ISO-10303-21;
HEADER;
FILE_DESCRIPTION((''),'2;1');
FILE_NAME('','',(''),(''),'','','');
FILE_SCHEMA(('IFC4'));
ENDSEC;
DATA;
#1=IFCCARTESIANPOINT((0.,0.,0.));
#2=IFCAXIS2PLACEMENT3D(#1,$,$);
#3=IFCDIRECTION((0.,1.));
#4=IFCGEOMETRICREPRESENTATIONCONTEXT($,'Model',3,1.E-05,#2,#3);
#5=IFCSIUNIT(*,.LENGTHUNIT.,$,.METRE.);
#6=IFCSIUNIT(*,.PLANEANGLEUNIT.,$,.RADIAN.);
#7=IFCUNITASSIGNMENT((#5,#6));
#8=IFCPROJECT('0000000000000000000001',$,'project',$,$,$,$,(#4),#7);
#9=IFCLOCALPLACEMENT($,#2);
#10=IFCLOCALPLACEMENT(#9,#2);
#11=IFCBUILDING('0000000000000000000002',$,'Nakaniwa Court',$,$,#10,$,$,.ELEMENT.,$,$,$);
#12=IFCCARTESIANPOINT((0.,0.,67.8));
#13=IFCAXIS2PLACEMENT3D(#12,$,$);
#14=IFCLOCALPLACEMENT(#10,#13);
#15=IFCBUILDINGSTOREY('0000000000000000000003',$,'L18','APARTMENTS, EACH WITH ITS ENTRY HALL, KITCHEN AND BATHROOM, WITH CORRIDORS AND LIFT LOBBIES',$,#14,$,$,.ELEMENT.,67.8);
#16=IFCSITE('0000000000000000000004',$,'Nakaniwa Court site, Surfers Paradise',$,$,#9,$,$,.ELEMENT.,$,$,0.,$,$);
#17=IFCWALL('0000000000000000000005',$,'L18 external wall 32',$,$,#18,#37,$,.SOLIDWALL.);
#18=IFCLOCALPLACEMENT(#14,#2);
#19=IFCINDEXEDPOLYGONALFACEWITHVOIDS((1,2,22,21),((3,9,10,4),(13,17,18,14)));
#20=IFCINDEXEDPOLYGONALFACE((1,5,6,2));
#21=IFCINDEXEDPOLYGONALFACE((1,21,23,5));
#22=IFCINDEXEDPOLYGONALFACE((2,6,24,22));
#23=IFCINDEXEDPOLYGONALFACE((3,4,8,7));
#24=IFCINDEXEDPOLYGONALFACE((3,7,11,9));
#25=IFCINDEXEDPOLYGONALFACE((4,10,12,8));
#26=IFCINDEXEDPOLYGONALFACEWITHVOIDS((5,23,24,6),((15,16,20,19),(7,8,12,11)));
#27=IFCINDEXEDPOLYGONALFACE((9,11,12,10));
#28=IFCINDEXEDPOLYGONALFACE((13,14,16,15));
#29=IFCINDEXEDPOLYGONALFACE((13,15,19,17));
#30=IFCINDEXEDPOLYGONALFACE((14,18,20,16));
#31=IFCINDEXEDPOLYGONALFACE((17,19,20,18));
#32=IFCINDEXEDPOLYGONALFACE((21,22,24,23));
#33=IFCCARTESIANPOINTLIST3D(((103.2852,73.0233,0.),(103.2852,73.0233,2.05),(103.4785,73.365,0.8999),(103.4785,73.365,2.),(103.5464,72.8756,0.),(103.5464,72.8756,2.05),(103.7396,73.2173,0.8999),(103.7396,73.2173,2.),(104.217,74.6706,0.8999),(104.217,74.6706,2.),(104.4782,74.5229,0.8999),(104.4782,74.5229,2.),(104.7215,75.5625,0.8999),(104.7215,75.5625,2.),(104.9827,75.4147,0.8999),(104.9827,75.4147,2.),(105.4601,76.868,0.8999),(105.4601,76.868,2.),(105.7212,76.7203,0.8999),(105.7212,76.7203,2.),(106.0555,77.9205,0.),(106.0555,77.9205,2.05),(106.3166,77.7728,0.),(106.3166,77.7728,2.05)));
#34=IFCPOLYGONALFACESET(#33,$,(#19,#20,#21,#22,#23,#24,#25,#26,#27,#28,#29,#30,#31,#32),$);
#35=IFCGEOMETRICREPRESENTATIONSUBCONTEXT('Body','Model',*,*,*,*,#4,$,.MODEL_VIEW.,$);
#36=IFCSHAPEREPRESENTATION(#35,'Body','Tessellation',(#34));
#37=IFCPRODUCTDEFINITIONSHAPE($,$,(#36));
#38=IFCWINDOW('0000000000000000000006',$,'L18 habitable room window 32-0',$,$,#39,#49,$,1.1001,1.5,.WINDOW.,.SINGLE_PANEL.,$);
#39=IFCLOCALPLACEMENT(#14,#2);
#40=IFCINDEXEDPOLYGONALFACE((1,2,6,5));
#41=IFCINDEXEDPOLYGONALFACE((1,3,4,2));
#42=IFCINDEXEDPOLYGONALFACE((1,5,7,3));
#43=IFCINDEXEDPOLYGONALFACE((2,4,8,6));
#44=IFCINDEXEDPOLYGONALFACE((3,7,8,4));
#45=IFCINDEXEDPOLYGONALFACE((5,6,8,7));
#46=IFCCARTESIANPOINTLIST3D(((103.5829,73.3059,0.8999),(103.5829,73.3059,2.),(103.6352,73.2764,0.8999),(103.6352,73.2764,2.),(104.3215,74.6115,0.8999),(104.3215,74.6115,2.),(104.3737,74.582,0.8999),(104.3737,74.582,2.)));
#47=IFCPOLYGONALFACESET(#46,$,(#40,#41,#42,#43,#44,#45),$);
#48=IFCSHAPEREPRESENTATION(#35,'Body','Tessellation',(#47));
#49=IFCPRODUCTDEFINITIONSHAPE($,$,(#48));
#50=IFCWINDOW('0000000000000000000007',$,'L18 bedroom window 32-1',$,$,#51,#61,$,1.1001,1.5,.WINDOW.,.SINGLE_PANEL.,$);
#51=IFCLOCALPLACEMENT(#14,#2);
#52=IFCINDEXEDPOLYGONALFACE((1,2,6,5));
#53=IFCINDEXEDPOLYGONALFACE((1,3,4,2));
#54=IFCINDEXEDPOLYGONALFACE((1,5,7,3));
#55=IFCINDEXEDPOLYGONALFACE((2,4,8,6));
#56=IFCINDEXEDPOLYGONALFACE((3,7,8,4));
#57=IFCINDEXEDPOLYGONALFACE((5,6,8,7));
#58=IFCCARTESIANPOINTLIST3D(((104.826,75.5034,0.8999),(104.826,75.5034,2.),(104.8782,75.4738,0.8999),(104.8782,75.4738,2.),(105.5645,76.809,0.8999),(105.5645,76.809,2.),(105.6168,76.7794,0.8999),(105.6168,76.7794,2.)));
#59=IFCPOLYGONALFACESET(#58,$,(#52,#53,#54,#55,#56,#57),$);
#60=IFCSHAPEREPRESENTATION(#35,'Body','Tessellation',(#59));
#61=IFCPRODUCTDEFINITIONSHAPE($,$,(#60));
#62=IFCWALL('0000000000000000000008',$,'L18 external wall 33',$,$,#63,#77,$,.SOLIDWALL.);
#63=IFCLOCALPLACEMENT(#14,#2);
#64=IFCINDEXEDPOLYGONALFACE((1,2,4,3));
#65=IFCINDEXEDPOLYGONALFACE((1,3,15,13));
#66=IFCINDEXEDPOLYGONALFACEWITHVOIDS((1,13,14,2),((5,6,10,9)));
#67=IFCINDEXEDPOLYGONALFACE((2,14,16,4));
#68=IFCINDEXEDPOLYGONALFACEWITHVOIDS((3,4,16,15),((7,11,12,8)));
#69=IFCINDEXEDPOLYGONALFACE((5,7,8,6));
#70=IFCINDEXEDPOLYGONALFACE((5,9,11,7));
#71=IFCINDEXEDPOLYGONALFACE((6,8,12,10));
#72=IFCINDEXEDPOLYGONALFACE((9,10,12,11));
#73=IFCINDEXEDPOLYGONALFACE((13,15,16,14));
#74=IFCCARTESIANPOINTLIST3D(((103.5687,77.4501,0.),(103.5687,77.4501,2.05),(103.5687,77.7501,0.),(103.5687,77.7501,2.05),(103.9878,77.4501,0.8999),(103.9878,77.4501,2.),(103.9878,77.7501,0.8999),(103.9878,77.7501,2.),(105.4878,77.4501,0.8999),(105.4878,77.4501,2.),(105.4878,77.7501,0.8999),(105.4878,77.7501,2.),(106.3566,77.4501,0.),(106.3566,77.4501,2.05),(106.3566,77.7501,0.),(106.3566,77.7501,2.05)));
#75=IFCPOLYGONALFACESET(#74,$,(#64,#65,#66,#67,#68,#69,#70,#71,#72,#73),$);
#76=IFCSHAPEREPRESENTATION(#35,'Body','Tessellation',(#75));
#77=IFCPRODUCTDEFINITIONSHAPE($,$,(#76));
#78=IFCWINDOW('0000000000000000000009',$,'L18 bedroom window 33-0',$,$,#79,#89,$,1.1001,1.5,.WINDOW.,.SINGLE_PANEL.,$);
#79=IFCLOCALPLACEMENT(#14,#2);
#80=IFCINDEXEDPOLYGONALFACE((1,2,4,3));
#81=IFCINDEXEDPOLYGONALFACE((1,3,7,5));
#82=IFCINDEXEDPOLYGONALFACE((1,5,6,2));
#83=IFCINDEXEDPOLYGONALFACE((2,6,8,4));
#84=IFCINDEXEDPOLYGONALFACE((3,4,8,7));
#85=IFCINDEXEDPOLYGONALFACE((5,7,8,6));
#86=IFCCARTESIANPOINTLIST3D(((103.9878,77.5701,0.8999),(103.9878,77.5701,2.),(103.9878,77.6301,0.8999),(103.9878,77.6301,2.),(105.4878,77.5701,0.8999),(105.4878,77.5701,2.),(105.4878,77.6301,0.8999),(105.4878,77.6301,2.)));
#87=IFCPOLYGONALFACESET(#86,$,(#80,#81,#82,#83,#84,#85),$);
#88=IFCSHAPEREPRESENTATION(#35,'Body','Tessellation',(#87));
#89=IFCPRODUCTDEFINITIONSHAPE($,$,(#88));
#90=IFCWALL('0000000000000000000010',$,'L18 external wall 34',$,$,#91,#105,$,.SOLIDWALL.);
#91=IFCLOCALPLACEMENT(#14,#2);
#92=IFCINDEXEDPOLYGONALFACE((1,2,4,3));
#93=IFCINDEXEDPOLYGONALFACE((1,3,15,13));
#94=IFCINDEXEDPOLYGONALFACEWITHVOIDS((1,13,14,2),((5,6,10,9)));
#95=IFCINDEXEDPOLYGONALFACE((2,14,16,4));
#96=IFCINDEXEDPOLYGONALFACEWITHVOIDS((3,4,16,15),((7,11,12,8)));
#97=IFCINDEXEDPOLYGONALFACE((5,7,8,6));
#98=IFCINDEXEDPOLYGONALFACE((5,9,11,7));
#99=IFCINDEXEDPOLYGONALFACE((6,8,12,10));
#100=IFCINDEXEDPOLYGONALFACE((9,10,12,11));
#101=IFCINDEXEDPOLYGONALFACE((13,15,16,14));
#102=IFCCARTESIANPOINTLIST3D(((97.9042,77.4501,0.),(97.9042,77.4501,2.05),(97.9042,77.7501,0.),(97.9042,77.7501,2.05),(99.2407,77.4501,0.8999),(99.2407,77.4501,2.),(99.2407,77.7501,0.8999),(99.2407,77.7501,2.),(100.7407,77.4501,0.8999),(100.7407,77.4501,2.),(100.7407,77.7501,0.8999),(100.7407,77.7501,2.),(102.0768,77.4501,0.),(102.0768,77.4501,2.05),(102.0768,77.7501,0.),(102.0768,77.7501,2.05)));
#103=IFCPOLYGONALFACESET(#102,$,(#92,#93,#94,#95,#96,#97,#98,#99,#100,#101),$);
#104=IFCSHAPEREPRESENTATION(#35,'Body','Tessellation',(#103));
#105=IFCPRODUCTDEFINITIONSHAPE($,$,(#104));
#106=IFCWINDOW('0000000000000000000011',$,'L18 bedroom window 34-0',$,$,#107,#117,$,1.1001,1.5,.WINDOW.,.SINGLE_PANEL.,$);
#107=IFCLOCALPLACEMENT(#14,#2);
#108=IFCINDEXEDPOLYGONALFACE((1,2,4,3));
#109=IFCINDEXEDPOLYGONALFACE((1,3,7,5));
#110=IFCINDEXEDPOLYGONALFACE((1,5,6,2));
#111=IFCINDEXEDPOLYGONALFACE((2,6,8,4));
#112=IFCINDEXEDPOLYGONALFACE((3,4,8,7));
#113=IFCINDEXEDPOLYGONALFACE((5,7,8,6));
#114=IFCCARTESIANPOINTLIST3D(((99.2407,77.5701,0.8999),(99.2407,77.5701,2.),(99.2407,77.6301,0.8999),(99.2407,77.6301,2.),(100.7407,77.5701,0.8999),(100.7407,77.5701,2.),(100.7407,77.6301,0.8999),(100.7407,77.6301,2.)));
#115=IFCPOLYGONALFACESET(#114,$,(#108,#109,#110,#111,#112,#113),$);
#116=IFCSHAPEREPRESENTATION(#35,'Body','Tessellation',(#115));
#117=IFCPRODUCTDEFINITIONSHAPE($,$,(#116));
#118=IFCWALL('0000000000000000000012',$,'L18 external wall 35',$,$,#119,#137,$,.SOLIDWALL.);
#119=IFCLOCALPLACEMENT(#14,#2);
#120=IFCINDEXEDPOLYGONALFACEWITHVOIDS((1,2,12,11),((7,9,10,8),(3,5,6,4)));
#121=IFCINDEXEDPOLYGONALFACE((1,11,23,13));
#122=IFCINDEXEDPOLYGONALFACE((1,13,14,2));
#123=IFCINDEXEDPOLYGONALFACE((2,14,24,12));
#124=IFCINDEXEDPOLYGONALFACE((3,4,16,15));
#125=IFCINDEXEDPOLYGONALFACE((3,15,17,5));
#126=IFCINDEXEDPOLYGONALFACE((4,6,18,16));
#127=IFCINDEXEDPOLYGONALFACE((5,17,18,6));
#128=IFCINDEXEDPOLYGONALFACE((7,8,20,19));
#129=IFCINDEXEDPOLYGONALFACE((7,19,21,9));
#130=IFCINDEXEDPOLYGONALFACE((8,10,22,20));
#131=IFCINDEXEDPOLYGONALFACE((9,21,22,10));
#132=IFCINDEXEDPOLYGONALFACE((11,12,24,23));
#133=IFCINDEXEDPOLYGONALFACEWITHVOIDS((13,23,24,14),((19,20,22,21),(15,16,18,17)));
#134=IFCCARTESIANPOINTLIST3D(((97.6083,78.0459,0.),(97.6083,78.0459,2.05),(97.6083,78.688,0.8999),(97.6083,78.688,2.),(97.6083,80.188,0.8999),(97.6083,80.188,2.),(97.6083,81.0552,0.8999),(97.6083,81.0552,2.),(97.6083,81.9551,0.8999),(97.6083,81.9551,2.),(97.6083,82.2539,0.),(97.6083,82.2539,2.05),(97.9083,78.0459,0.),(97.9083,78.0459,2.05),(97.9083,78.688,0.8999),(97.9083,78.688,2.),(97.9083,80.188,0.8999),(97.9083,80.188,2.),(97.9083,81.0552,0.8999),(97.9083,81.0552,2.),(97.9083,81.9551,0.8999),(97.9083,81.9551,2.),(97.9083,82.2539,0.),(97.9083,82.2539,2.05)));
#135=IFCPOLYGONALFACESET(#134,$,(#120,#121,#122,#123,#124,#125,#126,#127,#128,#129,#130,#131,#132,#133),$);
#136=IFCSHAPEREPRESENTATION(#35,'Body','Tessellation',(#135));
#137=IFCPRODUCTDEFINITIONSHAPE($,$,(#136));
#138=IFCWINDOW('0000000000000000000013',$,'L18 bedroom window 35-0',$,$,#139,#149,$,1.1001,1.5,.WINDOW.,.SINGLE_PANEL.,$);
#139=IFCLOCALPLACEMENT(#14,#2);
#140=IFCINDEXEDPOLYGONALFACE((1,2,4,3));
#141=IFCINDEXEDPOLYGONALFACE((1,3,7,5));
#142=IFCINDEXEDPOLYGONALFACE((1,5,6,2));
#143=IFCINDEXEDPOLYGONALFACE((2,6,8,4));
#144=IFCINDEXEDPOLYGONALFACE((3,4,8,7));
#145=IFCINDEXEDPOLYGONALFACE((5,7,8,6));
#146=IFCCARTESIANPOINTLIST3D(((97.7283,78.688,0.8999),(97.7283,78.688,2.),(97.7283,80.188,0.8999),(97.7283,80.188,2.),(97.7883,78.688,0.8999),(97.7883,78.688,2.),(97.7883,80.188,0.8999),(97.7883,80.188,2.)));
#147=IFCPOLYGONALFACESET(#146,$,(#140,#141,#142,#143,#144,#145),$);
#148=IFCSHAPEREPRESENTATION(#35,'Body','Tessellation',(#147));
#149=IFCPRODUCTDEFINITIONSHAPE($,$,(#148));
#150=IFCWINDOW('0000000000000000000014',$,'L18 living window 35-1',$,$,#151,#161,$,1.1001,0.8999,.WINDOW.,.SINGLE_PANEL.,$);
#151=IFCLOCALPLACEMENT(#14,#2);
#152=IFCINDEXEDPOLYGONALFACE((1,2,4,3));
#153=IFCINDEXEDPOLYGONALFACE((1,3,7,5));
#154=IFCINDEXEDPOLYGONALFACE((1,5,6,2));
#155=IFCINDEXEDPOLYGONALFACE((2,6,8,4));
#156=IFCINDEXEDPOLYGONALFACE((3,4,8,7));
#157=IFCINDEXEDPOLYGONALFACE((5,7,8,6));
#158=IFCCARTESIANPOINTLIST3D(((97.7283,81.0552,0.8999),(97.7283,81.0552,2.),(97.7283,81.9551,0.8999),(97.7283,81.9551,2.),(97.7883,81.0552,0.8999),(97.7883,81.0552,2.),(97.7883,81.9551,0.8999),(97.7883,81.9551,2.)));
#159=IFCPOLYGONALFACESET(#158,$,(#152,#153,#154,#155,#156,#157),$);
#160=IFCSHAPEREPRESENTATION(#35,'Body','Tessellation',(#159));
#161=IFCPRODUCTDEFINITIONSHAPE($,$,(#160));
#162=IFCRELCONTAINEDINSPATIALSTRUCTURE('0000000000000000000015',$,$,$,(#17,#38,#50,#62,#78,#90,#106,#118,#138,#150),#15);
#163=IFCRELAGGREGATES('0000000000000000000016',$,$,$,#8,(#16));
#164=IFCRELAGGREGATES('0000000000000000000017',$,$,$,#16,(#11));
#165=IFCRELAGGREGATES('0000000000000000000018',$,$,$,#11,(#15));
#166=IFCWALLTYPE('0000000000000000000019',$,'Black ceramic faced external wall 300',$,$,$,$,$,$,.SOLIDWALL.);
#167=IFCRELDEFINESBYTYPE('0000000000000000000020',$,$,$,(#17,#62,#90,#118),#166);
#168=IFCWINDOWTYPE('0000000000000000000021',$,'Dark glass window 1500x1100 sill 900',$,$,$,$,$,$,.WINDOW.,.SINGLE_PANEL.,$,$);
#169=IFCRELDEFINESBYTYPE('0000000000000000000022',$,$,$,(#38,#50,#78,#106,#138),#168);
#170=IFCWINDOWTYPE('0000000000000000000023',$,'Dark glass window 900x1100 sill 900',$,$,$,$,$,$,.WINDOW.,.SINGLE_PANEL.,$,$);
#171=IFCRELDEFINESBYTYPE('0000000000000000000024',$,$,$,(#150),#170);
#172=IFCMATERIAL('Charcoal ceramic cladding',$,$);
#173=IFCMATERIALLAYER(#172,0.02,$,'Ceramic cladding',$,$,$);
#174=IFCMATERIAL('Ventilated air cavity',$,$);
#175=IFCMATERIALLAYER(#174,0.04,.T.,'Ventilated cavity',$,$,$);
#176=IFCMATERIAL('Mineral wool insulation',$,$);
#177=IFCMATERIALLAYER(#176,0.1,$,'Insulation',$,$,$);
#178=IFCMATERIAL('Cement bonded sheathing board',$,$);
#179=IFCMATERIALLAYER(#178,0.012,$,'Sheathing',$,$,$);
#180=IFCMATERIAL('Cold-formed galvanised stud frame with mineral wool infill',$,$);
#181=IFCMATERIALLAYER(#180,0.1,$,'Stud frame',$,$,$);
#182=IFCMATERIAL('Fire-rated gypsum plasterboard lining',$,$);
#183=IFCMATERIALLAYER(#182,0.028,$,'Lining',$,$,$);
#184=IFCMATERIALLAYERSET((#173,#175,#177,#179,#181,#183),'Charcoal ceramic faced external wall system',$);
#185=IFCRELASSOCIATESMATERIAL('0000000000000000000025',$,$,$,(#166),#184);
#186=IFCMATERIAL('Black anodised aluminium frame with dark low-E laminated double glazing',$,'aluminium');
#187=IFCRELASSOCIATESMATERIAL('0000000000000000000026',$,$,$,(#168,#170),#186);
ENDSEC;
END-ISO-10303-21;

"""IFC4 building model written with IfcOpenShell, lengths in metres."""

from ifc_helpers import new_model, si_unit, direction, frame, frame_2d, origin, place, context, subcontext, project, spatial, rectangle, extrude, material, layer, layer_set, type_object, element, fill, save


model = new_model("IFC4")

# Units and contexts
model_context = context("Model", 3, precision=1e-05, world=origin(), true_north=direction((0.0, 1.0)))
body_context = subcontext(model_context, "Body", "Model", "MODEL_VIEW")
ifc_project = project(units=[si_unit("LENGTHUNIT", "METRE"), si_unit("PLANEANGLEUNIT", "RADIAN")], contexts=[model_context])

# Site, building, storey
site_placement = place(None, origin())
site = spatial("IfcSite", under=ifc_project, at=site_placement, Name="Nakaniwa Court site, Surfers Paradise", CompositionType="ELEMENT", RefElevation=0.0)
building_placement = place(site_placement, origin())
building = spatial("IfcBuilding", under=site, at=building_placement, Name="Nakaniwa Court", CompositionType="ELEMENT")
storey_placement = place(building_placement, frame((0.0, 0.0, 67.8)))
storey = spatial("IfcBuildingStorey", under=building, at=storey_placement, Name="L18", Description="APARTMENTS, EACH WITH ITS ENTRY HALL, KITCHEN AND BATHROOM, WITH CORRIDORS AND LIFT LOBBIES", CompositionType="ELEMENT", Elevation=67.8)

# Shared definitions
ifc_material_1 = material(Name="Charcoal ceramic cladding")
ifc_layer_1 = layer(ifc_material_1, 0.02, Name="Ceramic cladding")
ifc_material_2 = material(Name="Ventilated air cavity")
ifc_layer_2 = layer(ifc_material_2, 0.04, ventilated=True, Name="Ventilated cavity")
ifc_material_3 = material(Name="Mineral wool insulation")
ifc_layer_3 = layer(ifc_material_3, 0.1, Name="Insulation")
ifc_material_4 = material(Name="Cement bonded sheathing board")
ifc_layer_4 = layer(ifc_material_4, 0.012, Name="Sheathing")
ifc_material_5 = material(Name="Cold-formed galvanised stud frame with mineral wool infill")
ifc_layer_5 = layer(ifc_material_5, 0.1, Name="Stud frame")
ifc_material_6 = material(Name="Fire-rated gypsum plasterboard lining")
ifc_layer_6 = layer(ifc_material_6, 0.028, Name="Lining")
ifc_layer_set = layer_set([ifc_layer_1, ifc_layer_2, ifc_layer_3, ifc_layer_4, ifc_layer_5, ifc_layer_6], Name="Charcoal ceramic faced external wall system")
wall_type = type_object("IfcWallType", Name="Black ceramic faced external wall 300", PredefinedType="SOLIDWALL", material=ifc_layer_set)
ifc_material_7 = material(Name="Black anodised aluminium frame with dark low-E laminated double glazing", Category="aluminium")

# Wall, openings, windows
window_type_1 = type_object("IfcWindowType", Name="Dark glass window 1500x1100 sill 900", PartitioningType="SINGLE_PANEL", PredefinedType="WINDOW", material=ifc_material_7)
wall_1_placement = place(storey_placement, frame((103.4158, 72.9495, 0.0), z_axis=(0.0, 0.0, 1.0), x_axis=(0.492363, 0.87039, 0.0)))
wall_1 = element("IfcWall", 1, at=wall_1_placement, inside=storey, type_object=wall_type, Name="L18 external wall 32", PredefinedType="SOLIDWALL", context=body_context, shape_type="SweptSolid", body=[
    extrude(rectangle(XDim=5.6265, YDim=0.3, at=frame_2d((2.8132, 0.0))), origin(), (0.0, 0.0, 1.0), 2.05),
])
opening_1_placement = place(wall_1_placement, frame((0.3926, 0.0, 0.8999)))
opening_1 = element("IfcOpeningElement", 2, at=opening_1_placement, cuts=wall_1, PredefinedType="OPENING", context=body_context, shape_type="SweptSolid", body=[
    extrude(rectangle(XDim=1.5, YDim=1.1001, at=frame_2d((0.75, 0.55))), frame((0.0, 0.1599, 0.0), z_axis=(0.0, -1.0, 0.0), x_axis=(1.0, 0.0, 0.0)), (0.0, 0.0, 1.0), 0.3201),
])
opening_2_placement = place(wall_1_placement, frame((2.9172, 0.0, 0.8999)))
opening_2 = element("IfcOpeningElement", 3, at=opening_2_placement, cuts=wall_1, PredefinedType="OPENING", context=body_context, shape_type="SweptSolid", body=[
    extrude(rectangle(XDim=1.5, YDim=1.1001, at=frame_2d((0.75, 0.55))), frame((0.0, 0.1599, 0.0), z_axis=(0.0, -1.0, 0.0), x_axis=(1.0, 0.0, 0.0)), (0.0, 0.0, 1.0), 0.3201),
])
window_1_placement = place(opening_1_placement, origin())
window_1 = element("IfcWindow", 4, at=window_1_placement, inside=storey, type_object=window_type_1, Name="L18 habitable room window 32-0", OverallHeight=1.1001, OverallWidth=1.5, PartitioningType="SINGLE_PANEL", PredefinedType="WINDOW", context=body_context, shape_type="SweptSolid", body=[
    extrude(rectangle(XDim=1.5, YDim=1.1001, at=frame_2d((0.75, 0.55))), frame((0.0, 0.03, 0.0), z_axis=(0.0, -1.0, 0.0), x_axis=(1.0, 0.0, 0.0)), (0.0, 0.0, 1.0), 0.0601),
])
fill(opening_1, window_1)
window_2_placement = place(opening_2_placement, origin())
window_2 = element("IfcWindow", 5, at=window_2_placement, inside=storey, type_object=window_type_1, Name="L18 bedroom window 32-1", OverallHeight=1.1001, OverallWidth=1.5, PartitioningType="SINGLE_PANEL", PredefinedType="WINDOW", context=body_context, shape_type="SweptSolid", body=[
    extrude(rectangle(XDim=1.5, YDim=1.1001, at=frame_2d((0.75, 0.55))), frame((0.0, 0.03, 0.0), z_axis=(0.0, -1.0, 0.0), x_axis=(1.0, 0.0, 0.0)), (0.0, 0.0, 1.0), 0.0601),
])
fill(opening_2, window_2)

# Walls, openings, windows
wall_2_placement = place(storey_placement, frame((106.3567, 77.6001, 0.0), z_axis=(0.0, 0.0, 1.0), x_axis=(-1.0, 0.0, 0.0)))
wall_2 = element("IfcWall", 6, at=wall_2_placement, inside=storey, type_object=wall_type, Name="L18 external wall 33", PredefinedType="SOLIDWALL", context=body_context, shape_type="SweptSolid", body=[
    extrude(rectangle(XDim=2.7878, YDim=0.3, at=frame_2d((1.394, 0.0))), origin(), (0.0, 0.0, 1.0), 2.05),
])
opening_3_placement = place(wall_2_placement, frame((0.8689, 0.0, 0.8999)))
opening_3 = element("IfcOpeningElement", 7, at=opening_3_placement, cuts=wall_2, PredefinedType="OPENING", context=body_context, shape_type="SweptSolid", body=[
    extrude(rectangle(XDim=1.5, YDim=1.1001, at=frame_2d((0.75, 0.55))), frame((0.0, 0.1599, 0.0), z_axis=(0.0, -1.0, 0.0), x_axis=(1.0, 0.0, 0.0)), (0.0, 0.0, 1.0), 0.3201),
])
window_3_placement = place(opening_3_placement, origin())
window_3 = element("IfcWindow", 8, at=window_3_placement, inside=storey, type_object=window_type_1, Name="L18 bedroom window 33-0", OverallHeight=1.1001, OverallWidth=1.5, PartitioningType="SINGLE_PANEL", PredefinedType="WINDOW", context=body_context, shape_type="SweptSolid", body=[
    extrude(rectangle(XDim=1.5, YDim=1.1001, at=frame_2d((0.75, 0.55))), frame((0.0, 0.03, 0.0), z_axis=(0.0, -1.0, 0.0), x_axis=(1.0, 0.0, 0.0)), (0.0, 0.0, 1.0), 0.0601),
])
fill(opening_3, window_3)
wall_3_placement = place(storey_placement, frame((102.0769, 77.6001, 0.0), z_axis=(0.0, 0.0, 1.0), x_axis=(-1.0, 0.0, 0.0)))
wall_3 = element("IfcWall", 9, at=wall_3_placement, inside=storey, type_object=wall_type, Name="L18 external wall 34", PredefinedType="SOLIDWALL", context=body_context, shape_type="SweptSolid", body=[
    extrude(rectangle(XDim=4.1726, YDim=0.3, at=frame_2d((2.0864, 0.0))), origin(), (0.0, 0.0, 1.0), 2.05),
])
opening_4_placement = place(wall_3_placement, frame((1.3362, 0.0, 0.8999)))
opening_4 = element("IfcOpeningElement", 10, at=opening_4_placement, cuts=wall_3, PredefinedType="OPENING", context=body_context, shape_type="SweptSolid", body=[
    extrude(rectangle(XDim=1.5, YDim=1.1001, at=frame_2d((0.75, 0.55))), frame((0.0, 0.1599, 0.0), z_axis=(0.0, -1.0, 0.0), x_axis=(1.0, 0.0, 0.0)), (0.0, 0.0, 1.0), 0.3201),
])
window_4_placement = place(opening_4_placement, origin())
window_4 = element("IfcWindow", 11, at=window_4_placement, inside=storey, type_object=window_type_1, Name="L18 bedroom window 34-0", OverallHeight=1.1001, OverallWidth=1.5, PartitioningType="SINGLE_PANEL", PredefinedType="WINDOW", context=body_context, shape_type="SweptSolid", body=[
    extrude(rectangle(XDim=1.5, YDim=1.1001, at=frame_2d((0.75, 0.55))), frame((0.0, 0.03, 0.0), z_axis=(0.0, -1.0, 0.0), x_axis=(1.0, 0.0, 0.0)), (0.0, 0.0, 1.0), 0.0601),
])
fill(opening_4, window_4)

# Wall, openings, windows
wall_4_placement = place(storey_placement, frame((97.7583, 78.0459, 0.0), z_axis=(0.0, 0.0, 1.0), x_axis=(0.0, 1.0, 0.0)))
wall_4 = element("IfcWall", 12, at=wall_4_placement, inside=storey, type_object=wall_type, Name="L18 external wall 35", PredefinedType="SOLIDWALL", context=body_context, shape_type="SweptSolid", body=[
    extrude(rectangle(XDim=4.208, YDim=0.3, at=frame_2d((2.104, 0.0))), origin(), (0.0, 0.0, 1.0), 2.05),
])
opening_5_placement = place(wall_4_placement, frame((0.6421, 0.0, 0.8999)))
opening_5 = element("IfcOpeningElement", 13, at=opening_5_placement, cuts=wall_4, PredefinedType="OPENING", context=body_context, shape_type="SweptSolid", body=[
    extrude(rectangle(XDim=1.5, YDim=1.1001, at=frame_2d((0.75, 0.55))), frame((0.0, 0.1599, 0.0), z_axis=(0.0, -1.0, 0.0), x_axis=(1.0, 0.0, 0.0)), (0.0, 0.0, 1.0), 0.3201),
])
opening_6_placement = place(wall_4_placement, frame((3.0093, 0.0, 0.8999)))
opening_6 = element("IfcOpeningElement", 14, at=opening_6_placement, cuts=wall_4, PredefinedType="OPENING", context=body_context, shape_type="SweptSolid", body=[
    extrude(rectangle(XDim=0.8999, YDim=1.1001, at=frame_2d((0.45, 0.55))), frame((0.0, 0.1599, 0.0), z_axis=(0.0, -1.0, 0.0), x_axis=(1.0, 0.0, 0.0)), (0.0, 0.0, 1.0), 0.3201),
])
window_5_placement = place(opening_5_placement, origin())
window_5 = element("IfcWindow", 15, at=window_5_placement, inside=storey, type_object=window_type_1, Name="L18 bedroom window 35-0", OverallHeight=1.1001, OverallWidth=1.5, PartitioningType="SINGLE_PANEL", PredefinedType="WINDOW", context=body_context, shape_type="SweptSolid", body=[
    extrude(rectangle(XDim=1.5, YDim=1.1001, at=frame_2d((0.75, 0.55))), frame((0.0, 0.03, 0.0), z_axis=(0.0, -1.0, 0.0), x_axis=(1.0, 0.0, 0.0)), (0.0, 0.0, 1.0), 0.0601),
])
fill(opening_5, window_5)
window_type_2 = type_object("IfcWindowType", Name="Dark glass window 900x1100 sill 900", PartitioningType="SINGLE_PANEL", PredefinedType="WINDOW", material=ifc_material_7)
window_6_placement = place(opening_6_placement, origin())
window_6 = element("IfcWindow", 16, at=window_6_placement, inside=storey, type_object=window_type_2, Name="L18 living window 35-1", OverallHeight=1.1001, OverallWidth=0.8999, PartitioningType="SINGLE_PANEL", PredefinedType="WINDOW", context=body_context, shape_type="SweptSolid", body=[
    extrude(rectangle(XDim=0.8999, YDim=1.1001, at=frame_2d((0.45, 0.55))), frame((0.0, 0.03, 0.0), z_axis=(0.0, -1.0, 0.0), x_axis=(1.0, 0.0, 0.0)), (0.0, 0.0, 1.0), 0.0601),
])
fill(opening_6, window_6)

save(model, "model.ifc")
